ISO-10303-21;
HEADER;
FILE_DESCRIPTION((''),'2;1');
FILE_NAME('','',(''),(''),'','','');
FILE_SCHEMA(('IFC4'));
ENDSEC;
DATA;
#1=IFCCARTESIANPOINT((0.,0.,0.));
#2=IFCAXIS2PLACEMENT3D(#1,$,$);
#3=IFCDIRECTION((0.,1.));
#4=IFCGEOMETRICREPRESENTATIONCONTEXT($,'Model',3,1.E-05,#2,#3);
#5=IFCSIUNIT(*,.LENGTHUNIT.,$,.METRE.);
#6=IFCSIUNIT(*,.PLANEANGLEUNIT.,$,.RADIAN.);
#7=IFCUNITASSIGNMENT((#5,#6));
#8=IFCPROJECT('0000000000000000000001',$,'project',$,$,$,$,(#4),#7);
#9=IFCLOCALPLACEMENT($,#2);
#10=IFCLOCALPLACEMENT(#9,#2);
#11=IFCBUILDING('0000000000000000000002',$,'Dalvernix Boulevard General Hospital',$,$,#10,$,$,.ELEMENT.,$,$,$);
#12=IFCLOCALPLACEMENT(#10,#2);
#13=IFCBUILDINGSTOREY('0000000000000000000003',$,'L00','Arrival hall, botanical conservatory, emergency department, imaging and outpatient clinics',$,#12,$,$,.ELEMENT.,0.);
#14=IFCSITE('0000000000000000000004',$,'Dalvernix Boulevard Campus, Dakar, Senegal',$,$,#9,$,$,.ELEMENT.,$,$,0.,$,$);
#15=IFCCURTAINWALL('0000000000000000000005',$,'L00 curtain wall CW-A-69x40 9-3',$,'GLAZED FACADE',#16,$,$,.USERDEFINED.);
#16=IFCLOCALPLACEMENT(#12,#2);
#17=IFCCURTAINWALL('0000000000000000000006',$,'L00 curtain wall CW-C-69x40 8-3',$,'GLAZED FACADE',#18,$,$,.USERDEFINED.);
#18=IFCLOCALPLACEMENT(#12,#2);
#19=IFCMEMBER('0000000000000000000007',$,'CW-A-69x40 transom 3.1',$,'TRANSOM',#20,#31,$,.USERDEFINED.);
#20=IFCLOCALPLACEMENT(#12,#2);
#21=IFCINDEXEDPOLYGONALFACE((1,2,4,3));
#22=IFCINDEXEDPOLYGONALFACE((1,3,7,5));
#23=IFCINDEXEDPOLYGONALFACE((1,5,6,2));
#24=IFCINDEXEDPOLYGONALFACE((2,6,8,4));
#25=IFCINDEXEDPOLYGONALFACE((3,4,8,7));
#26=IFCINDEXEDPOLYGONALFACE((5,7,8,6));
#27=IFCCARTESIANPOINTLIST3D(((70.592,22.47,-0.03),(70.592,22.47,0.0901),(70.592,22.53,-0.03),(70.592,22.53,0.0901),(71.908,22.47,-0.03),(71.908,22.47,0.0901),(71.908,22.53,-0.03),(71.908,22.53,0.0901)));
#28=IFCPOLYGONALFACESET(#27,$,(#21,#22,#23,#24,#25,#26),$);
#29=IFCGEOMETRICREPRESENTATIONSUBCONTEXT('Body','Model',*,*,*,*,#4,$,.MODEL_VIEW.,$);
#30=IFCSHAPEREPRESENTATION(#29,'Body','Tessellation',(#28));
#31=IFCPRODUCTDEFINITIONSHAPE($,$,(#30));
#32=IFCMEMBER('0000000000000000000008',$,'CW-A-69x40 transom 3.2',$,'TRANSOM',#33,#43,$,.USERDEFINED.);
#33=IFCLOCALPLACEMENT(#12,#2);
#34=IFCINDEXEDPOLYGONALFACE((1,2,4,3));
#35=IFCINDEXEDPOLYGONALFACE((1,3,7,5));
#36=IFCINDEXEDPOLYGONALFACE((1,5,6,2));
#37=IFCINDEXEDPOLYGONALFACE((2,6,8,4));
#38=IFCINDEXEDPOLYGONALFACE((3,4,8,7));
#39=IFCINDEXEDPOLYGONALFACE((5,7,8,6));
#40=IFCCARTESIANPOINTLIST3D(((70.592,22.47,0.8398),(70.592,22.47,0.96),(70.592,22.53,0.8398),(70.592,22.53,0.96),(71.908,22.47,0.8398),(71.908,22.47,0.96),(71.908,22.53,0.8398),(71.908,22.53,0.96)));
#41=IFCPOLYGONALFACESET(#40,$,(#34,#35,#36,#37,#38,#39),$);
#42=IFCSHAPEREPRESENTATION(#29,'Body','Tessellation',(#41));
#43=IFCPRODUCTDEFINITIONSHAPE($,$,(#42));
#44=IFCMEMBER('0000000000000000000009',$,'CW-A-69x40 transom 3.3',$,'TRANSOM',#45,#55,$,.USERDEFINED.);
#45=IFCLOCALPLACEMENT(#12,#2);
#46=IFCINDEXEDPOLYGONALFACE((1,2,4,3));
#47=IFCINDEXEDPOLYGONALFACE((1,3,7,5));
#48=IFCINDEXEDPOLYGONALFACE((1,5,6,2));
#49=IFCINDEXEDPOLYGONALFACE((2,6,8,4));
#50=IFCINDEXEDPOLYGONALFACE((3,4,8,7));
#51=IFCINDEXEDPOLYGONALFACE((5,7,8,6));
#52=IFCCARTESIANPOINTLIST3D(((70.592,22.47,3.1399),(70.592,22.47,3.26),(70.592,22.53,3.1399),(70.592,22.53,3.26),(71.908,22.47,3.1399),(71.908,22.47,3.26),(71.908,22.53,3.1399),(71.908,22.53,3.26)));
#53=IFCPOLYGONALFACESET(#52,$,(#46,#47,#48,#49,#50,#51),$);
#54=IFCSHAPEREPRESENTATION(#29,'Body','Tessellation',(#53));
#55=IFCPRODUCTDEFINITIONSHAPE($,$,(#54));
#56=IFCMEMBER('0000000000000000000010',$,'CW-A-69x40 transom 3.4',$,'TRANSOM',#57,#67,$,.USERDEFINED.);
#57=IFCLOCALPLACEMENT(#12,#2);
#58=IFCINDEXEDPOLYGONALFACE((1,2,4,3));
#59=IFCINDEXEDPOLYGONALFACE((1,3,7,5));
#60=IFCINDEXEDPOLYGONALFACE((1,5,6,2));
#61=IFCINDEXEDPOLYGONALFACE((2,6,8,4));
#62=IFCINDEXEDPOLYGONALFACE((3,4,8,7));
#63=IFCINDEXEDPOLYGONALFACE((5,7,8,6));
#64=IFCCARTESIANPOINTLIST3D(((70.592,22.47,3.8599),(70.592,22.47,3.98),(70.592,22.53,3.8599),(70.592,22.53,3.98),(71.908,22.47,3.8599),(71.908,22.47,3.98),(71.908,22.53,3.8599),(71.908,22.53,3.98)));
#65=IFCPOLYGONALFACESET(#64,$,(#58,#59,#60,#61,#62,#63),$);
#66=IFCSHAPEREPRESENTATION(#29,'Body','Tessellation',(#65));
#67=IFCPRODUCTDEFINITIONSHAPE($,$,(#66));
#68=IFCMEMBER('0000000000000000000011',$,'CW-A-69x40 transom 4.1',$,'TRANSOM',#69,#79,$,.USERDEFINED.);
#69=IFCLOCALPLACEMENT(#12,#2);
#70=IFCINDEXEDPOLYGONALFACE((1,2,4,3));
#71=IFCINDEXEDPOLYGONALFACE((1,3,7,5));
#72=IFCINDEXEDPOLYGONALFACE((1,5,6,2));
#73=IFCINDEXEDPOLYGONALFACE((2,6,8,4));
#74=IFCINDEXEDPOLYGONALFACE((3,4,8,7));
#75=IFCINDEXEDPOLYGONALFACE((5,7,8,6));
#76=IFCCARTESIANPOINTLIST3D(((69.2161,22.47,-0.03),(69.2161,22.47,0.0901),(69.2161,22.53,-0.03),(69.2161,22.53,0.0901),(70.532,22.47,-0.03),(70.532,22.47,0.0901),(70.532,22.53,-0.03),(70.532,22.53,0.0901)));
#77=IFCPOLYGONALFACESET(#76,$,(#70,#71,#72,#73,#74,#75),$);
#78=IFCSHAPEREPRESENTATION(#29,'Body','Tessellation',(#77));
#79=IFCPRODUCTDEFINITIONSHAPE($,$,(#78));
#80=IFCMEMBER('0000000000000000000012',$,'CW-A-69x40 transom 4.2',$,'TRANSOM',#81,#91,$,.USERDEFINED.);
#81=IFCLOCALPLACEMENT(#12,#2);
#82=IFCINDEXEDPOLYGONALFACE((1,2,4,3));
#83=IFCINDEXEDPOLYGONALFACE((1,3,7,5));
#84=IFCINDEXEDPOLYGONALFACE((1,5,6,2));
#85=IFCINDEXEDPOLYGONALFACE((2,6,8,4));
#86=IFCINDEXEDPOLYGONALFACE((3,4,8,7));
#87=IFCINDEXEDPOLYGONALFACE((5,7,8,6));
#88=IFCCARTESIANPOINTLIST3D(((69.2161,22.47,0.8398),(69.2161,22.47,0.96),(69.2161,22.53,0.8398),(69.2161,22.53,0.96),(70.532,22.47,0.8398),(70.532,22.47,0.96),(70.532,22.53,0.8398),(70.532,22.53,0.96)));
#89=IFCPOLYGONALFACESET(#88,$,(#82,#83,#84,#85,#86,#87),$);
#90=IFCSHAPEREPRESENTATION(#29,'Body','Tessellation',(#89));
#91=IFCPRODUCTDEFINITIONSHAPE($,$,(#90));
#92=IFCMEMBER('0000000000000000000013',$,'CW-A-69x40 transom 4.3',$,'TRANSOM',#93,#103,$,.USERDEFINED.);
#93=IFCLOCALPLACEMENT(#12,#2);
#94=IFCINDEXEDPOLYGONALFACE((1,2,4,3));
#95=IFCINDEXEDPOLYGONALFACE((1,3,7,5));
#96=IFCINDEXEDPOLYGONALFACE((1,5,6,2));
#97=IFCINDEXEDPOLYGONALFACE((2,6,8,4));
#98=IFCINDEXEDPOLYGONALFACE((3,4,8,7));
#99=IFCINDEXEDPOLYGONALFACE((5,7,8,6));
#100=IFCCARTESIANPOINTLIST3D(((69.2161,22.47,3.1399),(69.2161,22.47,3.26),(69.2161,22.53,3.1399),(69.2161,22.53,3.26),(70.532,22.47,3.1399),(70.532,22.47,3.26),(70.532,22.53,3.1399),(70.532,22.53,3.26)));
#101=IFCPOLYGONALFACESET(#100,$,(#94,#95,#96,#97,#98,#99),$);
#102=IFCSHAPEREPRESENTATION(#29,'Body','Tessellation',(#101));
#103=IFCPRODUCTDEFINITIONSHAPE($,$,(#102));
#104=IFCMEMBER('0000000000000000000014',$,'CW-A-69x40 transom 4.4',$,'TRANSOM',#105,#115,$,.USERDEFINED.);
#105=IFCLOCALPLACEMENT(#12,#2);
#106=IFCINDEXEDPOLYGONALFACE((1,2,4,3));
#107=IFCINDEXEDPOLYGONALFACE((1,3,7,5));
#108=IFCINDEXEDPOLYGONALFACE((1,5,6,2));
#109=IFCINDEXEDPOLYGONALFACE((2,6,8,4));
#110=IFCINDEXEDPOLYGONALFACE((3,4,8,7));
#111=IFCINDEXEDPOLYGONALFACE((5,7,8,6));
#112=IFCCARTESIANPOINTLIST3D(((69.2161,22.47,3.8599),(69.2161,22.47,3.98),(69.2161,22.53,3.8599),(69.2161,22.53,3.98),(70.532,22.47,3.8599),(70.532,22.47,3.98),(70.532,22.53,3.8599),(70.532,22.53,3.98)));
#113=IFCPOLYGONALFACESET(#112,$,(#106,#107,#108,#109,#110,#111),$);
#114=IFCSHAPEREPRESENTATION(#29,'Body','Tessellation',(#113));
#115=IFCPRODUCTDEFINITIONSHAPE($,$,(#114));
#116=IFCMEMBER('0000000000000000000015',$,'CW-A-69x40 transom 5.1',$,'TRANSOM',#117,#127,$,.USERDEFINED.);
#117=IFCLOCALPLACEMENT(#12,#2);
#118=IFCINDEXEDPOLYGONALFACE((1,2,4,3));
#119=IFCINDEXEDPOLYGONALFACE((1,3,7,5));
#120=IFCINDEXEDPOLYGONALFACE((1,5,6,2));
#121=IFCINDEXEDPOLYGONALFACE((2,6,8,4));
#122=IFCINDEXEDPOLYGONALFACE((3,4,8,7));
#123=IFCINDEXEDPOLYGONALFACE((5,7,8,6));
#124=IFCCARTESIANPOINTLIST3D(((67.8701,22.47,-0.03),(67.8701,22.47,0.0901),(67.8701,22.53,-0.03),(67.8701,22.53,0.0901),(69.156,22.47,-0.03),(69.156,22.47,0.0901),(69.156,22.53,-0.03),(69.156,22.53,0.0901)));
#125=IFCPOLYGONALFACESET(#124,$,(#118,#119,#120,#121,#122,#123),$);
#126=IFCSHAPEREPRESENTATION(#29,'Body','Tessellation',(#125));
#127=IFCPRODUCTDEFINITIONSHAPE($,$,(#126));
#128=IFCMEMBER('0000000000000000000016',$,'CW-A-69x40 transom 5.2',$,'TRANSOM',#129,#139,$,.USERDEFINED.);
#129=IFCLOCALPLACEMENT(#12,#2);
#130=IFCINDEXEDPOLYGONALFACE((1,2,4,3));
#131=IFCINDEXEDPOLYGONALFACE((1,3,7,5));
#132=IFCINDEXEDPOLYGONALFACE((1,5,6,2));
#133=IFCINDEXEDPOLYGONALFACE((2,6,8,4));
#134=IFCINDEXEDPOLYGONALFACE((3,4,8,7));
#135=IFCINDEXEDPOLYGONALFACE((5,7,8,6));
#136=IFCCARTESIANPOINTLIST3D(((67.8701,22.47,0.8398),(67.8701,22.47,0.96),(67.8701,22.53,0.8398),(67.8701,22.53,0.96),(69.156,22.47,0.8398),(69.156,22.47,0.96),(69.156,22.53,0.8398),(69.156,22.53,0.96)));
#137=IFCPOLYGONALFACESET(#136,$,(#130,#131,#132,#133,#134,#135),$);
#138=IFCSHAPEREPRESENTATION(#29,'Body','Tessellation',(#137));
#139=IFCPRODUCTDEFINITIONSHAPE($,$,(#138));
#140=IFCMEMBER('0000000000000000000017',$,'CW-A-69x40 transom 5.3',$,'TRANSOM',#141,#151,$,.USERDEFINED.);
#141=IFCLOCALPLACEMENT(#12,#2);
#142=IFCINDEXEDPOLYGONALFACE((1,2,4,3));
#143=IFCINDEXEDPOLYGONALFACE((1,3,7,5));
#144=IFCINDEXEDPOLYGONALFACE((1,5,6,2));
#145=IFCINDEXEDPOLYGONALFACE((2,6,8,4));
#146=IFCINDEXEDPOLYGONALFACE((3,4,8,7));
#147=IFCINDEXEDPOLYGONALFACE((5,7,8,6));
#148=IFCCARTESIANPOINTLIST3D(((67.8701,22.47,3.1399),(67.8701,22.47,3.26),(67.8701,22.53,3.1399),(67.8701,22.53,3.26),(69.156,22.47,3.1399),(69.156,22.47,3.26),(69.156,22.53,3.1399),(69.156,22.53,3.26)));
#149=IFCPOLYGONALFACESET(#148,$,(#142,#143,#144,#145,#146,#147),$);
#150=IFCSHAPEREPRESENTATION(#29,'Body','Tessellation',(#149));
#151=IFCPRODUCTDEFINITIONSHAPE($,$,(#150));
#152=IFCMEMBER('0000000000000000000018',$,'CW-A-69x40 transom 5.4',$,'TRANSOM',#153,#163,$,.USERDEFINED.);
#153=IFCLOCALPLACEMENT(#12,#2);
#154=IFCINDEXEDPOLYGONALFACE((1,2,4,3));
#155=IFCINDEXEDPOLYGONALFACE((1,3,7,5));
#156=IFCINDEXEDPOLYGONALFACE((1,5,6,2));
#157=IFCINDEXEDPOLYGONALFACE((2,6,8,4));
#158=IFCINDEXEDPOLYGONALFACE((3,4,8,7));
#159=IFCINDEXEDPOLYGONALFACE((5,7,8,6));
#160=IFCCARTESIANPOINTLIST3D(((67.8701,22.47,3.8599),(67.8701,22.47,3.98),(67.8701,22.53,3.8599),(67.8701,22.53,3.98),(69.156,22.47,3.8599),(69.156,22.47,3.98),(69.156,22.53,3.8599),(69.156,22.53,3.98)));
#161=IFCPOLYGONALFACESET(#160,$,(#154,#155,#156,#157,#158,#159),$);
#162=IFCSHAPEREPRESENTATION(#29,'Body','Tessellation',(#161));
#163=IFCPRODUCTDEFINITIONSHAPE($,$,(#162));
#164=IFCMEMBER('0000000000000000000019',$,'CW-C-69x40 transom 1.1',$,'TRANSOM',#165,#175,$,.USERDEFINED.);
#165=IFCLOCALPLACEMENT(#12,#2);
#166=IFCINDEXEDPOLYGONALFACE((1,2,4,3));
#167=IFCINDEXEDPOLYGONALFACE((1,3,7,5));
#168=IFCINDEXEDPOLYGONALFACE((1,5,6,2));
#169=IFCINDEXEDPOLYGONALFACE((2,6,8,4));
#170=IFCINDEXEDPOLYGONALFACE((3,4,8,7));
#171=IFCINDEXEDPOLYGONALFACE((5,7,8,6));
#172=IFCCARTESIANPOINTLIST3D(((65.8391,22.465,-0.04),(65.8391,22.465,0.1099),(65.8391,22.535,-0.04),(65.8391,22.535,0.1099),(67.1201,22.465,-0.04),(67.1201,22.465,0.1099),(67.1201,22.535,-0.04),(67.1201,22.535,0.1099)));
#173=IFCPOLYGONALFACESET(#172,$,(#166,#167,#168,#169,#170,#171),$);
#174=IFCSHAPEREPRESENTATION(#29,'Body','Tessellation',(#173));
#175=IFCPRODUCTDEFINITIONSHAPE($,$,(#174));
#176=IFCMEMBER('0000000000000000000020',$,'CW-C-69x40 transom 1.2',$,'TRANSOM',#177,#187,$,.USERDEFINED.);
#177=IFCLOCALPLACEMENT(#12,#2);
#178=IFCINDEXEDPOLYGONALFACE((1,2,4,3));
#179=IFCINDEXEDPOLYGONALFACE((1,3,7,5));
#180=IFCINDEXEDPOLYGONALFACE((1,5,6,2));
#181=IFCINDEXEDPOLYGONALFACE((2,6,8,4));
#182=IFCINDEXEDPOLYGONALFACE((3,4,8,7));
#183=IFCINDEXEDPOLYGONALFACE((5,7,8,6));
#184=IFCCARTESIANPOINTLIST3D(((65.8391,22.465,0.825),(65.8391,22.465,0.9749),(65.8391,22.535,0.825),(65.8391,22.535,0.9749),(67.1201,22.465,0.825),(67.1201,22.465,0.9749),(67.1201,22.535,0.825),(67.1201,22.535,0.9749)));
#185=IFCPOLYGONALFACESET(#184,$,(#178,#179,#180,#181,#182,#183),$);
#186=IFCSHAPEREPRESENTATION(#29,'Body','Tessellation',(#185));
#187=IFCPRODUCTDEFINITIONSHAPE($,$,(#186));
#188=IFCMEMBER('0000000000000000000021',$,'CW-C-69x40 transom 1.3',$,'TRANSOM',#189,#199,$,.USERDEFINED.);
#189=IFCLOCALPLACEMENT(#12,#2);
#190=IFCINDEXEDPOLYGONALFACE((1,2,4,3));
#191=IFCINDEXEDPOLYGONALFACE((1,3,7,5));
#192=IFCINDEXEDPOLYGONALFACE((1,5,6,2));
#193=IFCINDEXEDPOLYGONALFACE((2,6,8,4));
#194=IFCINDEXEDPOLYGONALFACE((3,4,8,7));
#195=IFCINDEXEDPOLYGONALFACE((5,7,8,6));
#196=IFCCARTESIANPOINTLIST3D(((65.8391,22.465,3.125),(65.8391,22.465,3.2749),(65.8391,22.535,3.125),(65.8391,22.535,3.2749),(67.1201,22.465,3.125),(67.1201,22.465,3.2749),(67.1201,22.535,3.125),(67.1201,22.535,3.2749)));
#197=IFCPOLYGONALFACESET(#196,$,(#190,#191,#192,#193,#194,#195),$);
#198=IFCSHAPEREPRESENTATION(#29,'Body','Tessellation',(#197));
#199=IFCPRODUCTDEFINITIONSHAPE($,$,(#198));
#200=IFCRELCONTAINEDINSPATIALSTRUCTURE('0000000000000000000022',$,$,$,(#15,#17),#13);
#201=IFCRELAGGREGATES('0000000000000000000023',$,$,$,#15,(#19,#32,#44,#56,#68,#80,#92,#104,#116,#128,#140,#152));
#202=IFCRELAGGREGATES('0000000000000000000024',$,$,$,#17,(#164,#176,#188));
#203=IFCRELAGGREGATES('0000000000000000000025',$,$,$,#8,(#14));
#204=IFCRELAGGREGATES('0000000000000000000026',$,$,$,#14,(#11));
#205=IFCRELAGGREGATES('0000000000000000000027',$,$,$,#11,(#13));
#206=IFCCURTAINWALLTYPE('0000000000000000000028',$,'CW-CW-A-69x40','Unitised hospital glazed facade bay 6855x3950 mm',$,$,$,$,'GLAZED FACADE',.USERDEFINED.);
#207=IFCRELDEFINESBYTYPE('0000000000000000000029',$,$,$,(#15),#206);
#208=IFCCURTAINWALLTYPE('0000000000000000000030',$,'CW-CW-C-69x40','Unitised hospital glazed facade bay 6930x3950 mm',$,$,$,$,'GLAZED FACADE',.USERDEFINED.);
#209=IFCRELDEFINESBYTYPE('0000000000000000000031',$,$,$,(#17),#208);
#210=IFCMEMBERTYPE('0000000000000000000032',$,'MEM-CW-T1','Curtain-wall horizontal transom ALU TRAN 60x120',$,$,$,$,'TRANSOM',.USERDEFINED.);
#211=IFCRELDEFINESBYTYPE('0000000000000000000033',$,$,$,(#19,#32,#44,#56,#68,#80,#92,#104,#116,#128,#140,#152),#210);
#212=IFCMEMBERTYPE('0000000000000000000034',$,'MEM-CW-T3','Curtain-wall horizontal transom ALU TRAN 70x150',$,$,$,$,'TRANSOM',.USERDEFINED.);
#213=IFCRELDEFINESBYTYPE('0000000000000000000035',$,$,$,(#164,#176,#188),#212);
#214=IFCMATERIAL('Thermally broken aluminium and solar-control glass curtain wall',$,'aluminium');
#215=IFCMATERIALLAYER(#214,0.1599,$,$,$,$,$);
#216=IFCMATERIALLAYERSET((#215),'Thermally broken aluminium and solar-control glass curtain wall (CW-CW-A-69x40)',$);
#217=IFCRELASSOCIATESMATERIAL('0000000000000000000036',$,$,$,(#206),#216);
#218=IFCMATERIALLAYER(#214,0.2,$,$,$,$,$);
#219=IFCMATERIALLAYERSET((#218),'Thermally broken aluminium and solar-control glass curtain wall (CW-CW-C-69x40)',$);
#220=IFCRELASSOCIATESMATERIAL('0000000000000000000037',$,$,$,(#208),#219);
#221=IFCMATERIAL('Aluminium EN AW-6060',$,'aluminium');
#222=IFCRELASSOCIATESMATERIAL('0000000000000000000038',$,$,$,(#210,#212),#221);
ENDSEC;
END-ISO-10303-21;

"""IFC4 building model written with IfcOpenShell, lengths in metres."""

from ifc_helpers import new_model, si_unit, direction, frame, origin, origin_2d, place, context, subcontext, project, spatial, rectangle, extrude, material, layer, layer_set, material_profile, profile_set, type_object, element, aggregate, save


model = new_model("IFC4")

# Units and contexts
model_context = context("Model", 3, precision=1e-05, world=origin(), true_north=direction((0.0, 1.0)))
body_context = subcontext(model_context, "Body", "Model", "MODEL_VIEW")
ifc_project = project(units=[si_unit("LENGTHUNIT", "METRE"), si_unit("PLANEANGLEUNIT", "RADIAN")], contexts=[model_context])

# Site, building, storey
site_placement = place(None, origin())
site = spatial("IfcSite", under=ifc_project, at=site_placement, Name="Dalvernix Boulevard Campus, Dakar, Senegal", CompositionType="ELEMENT", RefElevation=0.0)
building_placement = place(site_placement, origin())
building = spatial("IfcBuilding", under=site, at=building_placement, Name="Dalvernix Boulevard General Hospital", CompositionType="ELEMENT")
storey_placement = place(building_placement, origin())
storey = spatial("IfcBuildingStorey", under=building, at=storey_placement, Name="L00", Description="Arrival hall, botanical conservatory, emergency department, imaging and outpatient clinics", CompositionType="ELEMENT", Elevation=0.0)

# Curtain wall
ifc_material_1 = material(Name="Thermally broken aluminium and solar-control glass curtain wall", Category="aluminium")
ifc_layer_1 = layer(ifc_material_1, 0.1599)
ifc_layer_set_1 = layer_set([ifc_layer_1], Name="Thermally broken aluminium and solar-control glass curtain wall (CW-CW-A-69x40)")
curtain_wall_type_1 = type_object("IfcCurtainWallType", Name="CW-CW-A-69x40", Description="Unitised hospital glazed facade bay 6855x3950 mm", ElementType="GLAZED FACADE", PredefinedType="USERDEFINED", material=ifc_layer_set_1)
curtain_wall_1_placement = place(storey_placement, origin())
curtain_wall_1 = element("IfcCurtainWall", 1, at=curtain_wall_1_placement, inside=storey, type_object=curtain_wall_type_1, Name="L00 curtain wall CW-A-69x40 9-3", ObjectType="GLAZED FACADE", PredefinedType="USERDEFINED")
ifc_material_2 = material(Name="Aluminium EN AW-6060", Category="aluminium")

# Curtain wall
ifc_layer_2 = layer(ifc_material_1, 0.2)
ifc_layer_set_2 = layer_set([ifc_layer_2], Name="Thermally broken aluminium and solar-control glass curtain wall (CW-CW-C-69x40)")
curtain_wall_type_2 = type_object("IfcCurtainWallType", Name="CW-CW-C-69x40", Description="Unitised hospital glazed facade bay 6930x3950 mm", ElementType="GLAZED FACADE", PredefinedType="USERDEFINED", material=ifc_layer_set_2)
curtain_wall_2_placement = place(storey_placement, origin())
curtain_wall_2 = element("IfcCurtainWall", 2, at=curtain_wall_2_placement, inside=storey, type_object=curtain_wall_type_2, Name="L00 curtain wall CW-C-69x40 8-3", ObjectType="GLAZED FACADE", PredefinedType="USERDEFINED")

# Members
ifc_material_profile_1 = material_profile(ifc_material_2, rectangle(XDim=0.0601, YDim=0.1201, at=origin_2d()), Name="ALU TRAN 60x120")
ifc_profile_set_1 = profile_set([ifc_material_profile_1], Name="Aluminium EN AW-6060")
member_type_1 = type_object("IfcMemberType", Name="MEM-CW-T1", Description="Curtain-wall horizontal transom ALU TRAN 60x120", ElementType="TRANSOM", PredefinedType="USERDEFINED", material=ifc_profile_set_1)
member_1_placement = place(storey_placement, frame((71.908, 22.5, 0.03), z_axis=(-1.0, 0.0, 0.0), x_axis=(0.0, -1.0, 0.0)))
member_1 = element("IfcMember", 3, at=member_1_placement, type_object=member_type_1, Name="CW-A-69x40 transom 3.1", ObjectType="TRANSOM", PredefinedType="USERDEFINED", context=body_context, shape_type="SweptSolid", body=[
    extrude(rectangle(XDim=0.0601, YDim=0.1201, at=origin_2d()), origin(), (0.0, 0.0, 1.0), 1.3159),
])
member_2_placement = place(storey_placement, frame((71.908, 22.5, 0.8999), z_axis=(-1.0, 0.0, 0.0), x_axis=(0.0, -1.0, 0.0)))
member_2 = element("IfcMember", 4, at=member_2_placement, type_object=member_type_1, Name="CW-A-69x40 transom 3.2", ObjectType="TRANSOM", PredefinedType="USERDEFINED", context=body_context, shape_type="SweptSolid", body=[
    extrude(rectangle(XDim=0.0601, YDim=0.1201, at=origin_2d()), origin(), (0.0, 0.0, 1.0), 1.3159),
])
member_3_placement = place(storey_placement, frame((71.908, 22.5, 3.2), z_axis=(-1.0, 0.0, 0.0), x_axis=(0.0, -1.0, 0.0)))
member_3 = element("IfcMember", 5, at=member_3_placement, type_object=member_type_1, Name="CW-A-69x40 transom 3.3", ObjectType="TRANSOM", PredefinedType="USERDEFINED", context=body_context, shape_type="SweptSolid", body=[
    extrude(rectangle(XDim=0.0601, YDim=0.1201, at=origin_2d()), origin(), (0.0, 0.0, 1.0), 1.3159),
])
member_4_placement = place(storey_placement, frame((71.908, 22.5, 3.9199), z_axis=(-1.0, 0.0, 0.0), x_axis=(0.0, -1.0, 0.0)))
member_4 = element("IfcMember", 6, at=member_4_placement, type_object=member_type_1, Name="CW-A-69x40 transom 3.4", ObjectType="TRANSOM", PredefinedType="USERDEFINED", context=body_context, shape_type="SweptSolid", body=[
    extrude(rectangle(XDim=0.0601, YDim=0.1201, at=origin_2d()), origin(), (0.0, 0.0, 1.0), 1.3159),
])
member_5_placement = place(storey_placement, frame((70.532, 22.5, 0.03), z_axis=(-1.0, 0.0, 0.0), x_axis=(0.0, -1.0, 0.0)))
member_5 = element("IfcMember", 7, at=member_5_placement, type_object=member_type_1, Name="CW-A-69x40 transom 4.1", ObjectType="TRANSOM", PredefinedType="USERDEFINED", context=body_context, shape_type="SweptSolid", body=[
    extrude(rectangle(XDim=0.0601, YDim=0.1201, at=origin_2d()), origin(), (0.0, 0.0, 1.0), 1.3159),
])
member_6_placement = place(storey_placement, frame((70.532, 22.5, 0.8999), z_axis=(-1.0, 0.0, 0.0), x_axis=(0.0, -1.0, 0.0)))
member_6 = element("IfcMember", 8, at=member_6_placement, type_object=member_type_1, Name="CW-A-69x40 transom 4.2", ObjectType="TRANSOM", PredefinedType="USERDEFINED", context=body_context, shape_type="SweptSolid", body=[
    extrude(rectangle(XDim=0.0601, YDim=0.1201, at=origin_2d()), origin(), (0.0, 0.0, 1.0), 1.3159),
])
member_7_placement = place(storey_placement, frame((70.532, 22.5, 3.2), z_axis=(-1.0, 0.0, 0.0), x_axis=(0.0, -1.0, 0.0)))
member_7 = element("IfcMember", 9, at=member_7_placement, type_object=member_type_1, Name="CW-A-69x40 transom 4.3", ObjectType="TRANSOM", PredefinedType="USERDEFINED", context=body_context, shape_type="SweptSolid", body=[
    extrude(rectangle(XDim=0.0601, YDim=0.1201, at=origin_2d()), origin(), (0.0, 0.0, 1.0), 1.3159),
])
member_8_placement = place(storey_placement, frame((70.532, 22.5, 3.9199), z_axis=(-1.0, 0.0, 0.0), x_axis=(0.0, -1.0, 0.0)))
member_8 = element("IfcMember", 10, at=member_8_placement, type_object=member_type_1, Name="CW-A-69x40 transom 4.4", ObjectType="TRANSOM", PredefinedType="USERDEFINED", context=body_context, shape_type="SweptSolid", body=[
    extrude(rectangle(XDim=0.0601, YDim=0.1201, at=origin_2d()), origin(), (0.0, 0.0, 1.0), 1.3159),
])
member_9_placement = place(storey_placement, frame((69.156, 22.5, 0.03), z_axis=(-1.0, 0.0, 0.0), x_axis=(0.0, -1.0, 0.0)))
member_9 = element("IfcMember", 11, at=member_9_placement, type_object=member_type_1, Name="CW-A-69x40 transom 5.1", ObjectType="TRANSOM", PredefinedType="USERDEFINED", context=body_context, shape_type="SweptSolid", body=[
    extrude(rectangle(XDim=0.0601, YDim=0.1201, at=origin_2d()), origin(), (0.0, 0.0, 1.0), 1.2859),
])
member_10_placement = place(storey_placement, frame((69.156, 22.5, 0.8999), z_axis=(-1.0, 0.0, 0.0), x_axis=(0.0, -1.0, 0.0)))
member_10 = element("IfcMember", 12, at=member_10_placement, type_object=member_type_1, Name="CW-A-69x40 transom 5.2", ObjectType="TRANSOM", PredefinedType="USERDEFINED", context=body_context, shape_type="SweptSolid", body=[
    extrude(rectangle(XDim=0.0601, YDim=0.1201, at=origin_2d()), origin(), (0.0, 0.0, 1.0), 1.2859),
])
member_11_placement = place(storey_placement, frame((69.156, 22.5, 3.2), z_axis=(-1.0, 0.0, 0.0), x_axis=(0.0, -1.0, 0.0)))
member_11 = element("IfcMember", 13, at=member_11_placement, type_object=member_type_1, Name="CW-A-69x40 transom 5.3", ObjectType="TRANSOM", PredefinedType="USERDEFINED", context=body_context, shape_type="SweptSolid", body=[
    extrude(rectangle(XDim=0.0601, YDim=0.1201, at=origin_2d()), origin(), (0.0, 0.0, 1.0), 1.2859),
])
member_12_placement = place(storey_placement, frame((69.156, 22.5, 3.9199), z_axis=(-1.0, 0.0, 0.0), x_axis=(0.0, -1.0, 0.0)))
member_12 = element("IfcMember", 14, at=member_12_placement, type_object=member_type_1, Name="CW-A-69x40 transom 5.4", ObjectType="TRANSOM", PredefinedType="USERDEFINED", context=body_context, shape_type="SweptSolid", body=[
    extrude(rectangle(XDim=0.0601, YDim=0.1201, at=origin_2d()), origin(), (0.0, 0.0, 1.0), 1.2859),
])
ifc_material_profile_2 = material_profile(ifc_material_2, rectangle(XDim=0.0701, YDim=0.1499, at=origin_2d()), Name="ALU TRAN 70x150")
ifc_profile_set_2 = profile_set([ifc_material_profile_2], Name="Aluminium EN AW-6060")
member_type_2 = type_object("IfcMemberType", Name="MEM-CW-T3", Description="Curtain-wall horizontal transom ALU TRAN 70x150", ElementType="TRANSOM", PredefinedType="USERDEFINED", material=ifc_profile_set_2)
member_13_placement = place(storey_placement, frame((67.1201, 22.5, 0.0349), z_axis=(-1.0, 0.0, 0.0), x_axis=(0.0, -1.0, 0.0)))
member_13 = element("IfcMember", 15, at=member_13_placement, type_object=member_type_2, Name="CW-C-69x40 transom 1.1", ObjectType="TRANSOM", PredefinedType="USERDEFINED", context=body_context, shape_type="SweptSolid", body=[
    extrude(rectangle(XDim=0.0701, YDim=0.1499, at=origin_2d()), origin(), (0.0, 0.0, 1.0), 1.281),
])
member_14_placement = place(storey_placement, frame((67.1201, 22.5, 0.8999), z_axis=(-1.0, 0.0, 0.0), x_axis=(0.0, -1.0, 0.0)))
member_14 = element("IfcMember", 16, at=member_14_placement, type_object=member_type_2, Name="CW-C-69x40 transom 1.2", ObjectType="TRANSOM", PredefinedType="USERDEFINED", context=body_context, shape_type="SweptSolid", body=[
    extrude(rectangle(XDim=0.0701, YDim=0.1499, at=origin_2d()), origin(), (0.0, 0.0, 1.0), 1.281),
])
member_15_placement = place(storey_placement, frame((67.1201, 22.5, 3.2), z_axis=(-1.0, 0.0, 0.0), x_axis=(0.0, -1.0, 0.0)))
member_15 = element("IfcMember", 17, at=member_15_placement, type_object=member_type_2, Name="CW-C-69x40 transom 1.3", ObjectType="TRANSOM", PredefinedType="USERDEFINED", context=body_context, shape_type="SweptSolid", body=[
    extrude(rectangle(XDim=0.0701, YDim=0.1499, at=origin_2d()), origin(), (0.0, 0.0, 1.0), 1.281),
])

aggregate(curtain_wall_1, [member_1, member_2, member_3, member_4, member_5, member_6, member_7, member_8, member_9, member_10, member_11, member_12])
aggregate(curtain_wall_2, [member_13, member_14, member_15])

save(model, "model.ifc")
